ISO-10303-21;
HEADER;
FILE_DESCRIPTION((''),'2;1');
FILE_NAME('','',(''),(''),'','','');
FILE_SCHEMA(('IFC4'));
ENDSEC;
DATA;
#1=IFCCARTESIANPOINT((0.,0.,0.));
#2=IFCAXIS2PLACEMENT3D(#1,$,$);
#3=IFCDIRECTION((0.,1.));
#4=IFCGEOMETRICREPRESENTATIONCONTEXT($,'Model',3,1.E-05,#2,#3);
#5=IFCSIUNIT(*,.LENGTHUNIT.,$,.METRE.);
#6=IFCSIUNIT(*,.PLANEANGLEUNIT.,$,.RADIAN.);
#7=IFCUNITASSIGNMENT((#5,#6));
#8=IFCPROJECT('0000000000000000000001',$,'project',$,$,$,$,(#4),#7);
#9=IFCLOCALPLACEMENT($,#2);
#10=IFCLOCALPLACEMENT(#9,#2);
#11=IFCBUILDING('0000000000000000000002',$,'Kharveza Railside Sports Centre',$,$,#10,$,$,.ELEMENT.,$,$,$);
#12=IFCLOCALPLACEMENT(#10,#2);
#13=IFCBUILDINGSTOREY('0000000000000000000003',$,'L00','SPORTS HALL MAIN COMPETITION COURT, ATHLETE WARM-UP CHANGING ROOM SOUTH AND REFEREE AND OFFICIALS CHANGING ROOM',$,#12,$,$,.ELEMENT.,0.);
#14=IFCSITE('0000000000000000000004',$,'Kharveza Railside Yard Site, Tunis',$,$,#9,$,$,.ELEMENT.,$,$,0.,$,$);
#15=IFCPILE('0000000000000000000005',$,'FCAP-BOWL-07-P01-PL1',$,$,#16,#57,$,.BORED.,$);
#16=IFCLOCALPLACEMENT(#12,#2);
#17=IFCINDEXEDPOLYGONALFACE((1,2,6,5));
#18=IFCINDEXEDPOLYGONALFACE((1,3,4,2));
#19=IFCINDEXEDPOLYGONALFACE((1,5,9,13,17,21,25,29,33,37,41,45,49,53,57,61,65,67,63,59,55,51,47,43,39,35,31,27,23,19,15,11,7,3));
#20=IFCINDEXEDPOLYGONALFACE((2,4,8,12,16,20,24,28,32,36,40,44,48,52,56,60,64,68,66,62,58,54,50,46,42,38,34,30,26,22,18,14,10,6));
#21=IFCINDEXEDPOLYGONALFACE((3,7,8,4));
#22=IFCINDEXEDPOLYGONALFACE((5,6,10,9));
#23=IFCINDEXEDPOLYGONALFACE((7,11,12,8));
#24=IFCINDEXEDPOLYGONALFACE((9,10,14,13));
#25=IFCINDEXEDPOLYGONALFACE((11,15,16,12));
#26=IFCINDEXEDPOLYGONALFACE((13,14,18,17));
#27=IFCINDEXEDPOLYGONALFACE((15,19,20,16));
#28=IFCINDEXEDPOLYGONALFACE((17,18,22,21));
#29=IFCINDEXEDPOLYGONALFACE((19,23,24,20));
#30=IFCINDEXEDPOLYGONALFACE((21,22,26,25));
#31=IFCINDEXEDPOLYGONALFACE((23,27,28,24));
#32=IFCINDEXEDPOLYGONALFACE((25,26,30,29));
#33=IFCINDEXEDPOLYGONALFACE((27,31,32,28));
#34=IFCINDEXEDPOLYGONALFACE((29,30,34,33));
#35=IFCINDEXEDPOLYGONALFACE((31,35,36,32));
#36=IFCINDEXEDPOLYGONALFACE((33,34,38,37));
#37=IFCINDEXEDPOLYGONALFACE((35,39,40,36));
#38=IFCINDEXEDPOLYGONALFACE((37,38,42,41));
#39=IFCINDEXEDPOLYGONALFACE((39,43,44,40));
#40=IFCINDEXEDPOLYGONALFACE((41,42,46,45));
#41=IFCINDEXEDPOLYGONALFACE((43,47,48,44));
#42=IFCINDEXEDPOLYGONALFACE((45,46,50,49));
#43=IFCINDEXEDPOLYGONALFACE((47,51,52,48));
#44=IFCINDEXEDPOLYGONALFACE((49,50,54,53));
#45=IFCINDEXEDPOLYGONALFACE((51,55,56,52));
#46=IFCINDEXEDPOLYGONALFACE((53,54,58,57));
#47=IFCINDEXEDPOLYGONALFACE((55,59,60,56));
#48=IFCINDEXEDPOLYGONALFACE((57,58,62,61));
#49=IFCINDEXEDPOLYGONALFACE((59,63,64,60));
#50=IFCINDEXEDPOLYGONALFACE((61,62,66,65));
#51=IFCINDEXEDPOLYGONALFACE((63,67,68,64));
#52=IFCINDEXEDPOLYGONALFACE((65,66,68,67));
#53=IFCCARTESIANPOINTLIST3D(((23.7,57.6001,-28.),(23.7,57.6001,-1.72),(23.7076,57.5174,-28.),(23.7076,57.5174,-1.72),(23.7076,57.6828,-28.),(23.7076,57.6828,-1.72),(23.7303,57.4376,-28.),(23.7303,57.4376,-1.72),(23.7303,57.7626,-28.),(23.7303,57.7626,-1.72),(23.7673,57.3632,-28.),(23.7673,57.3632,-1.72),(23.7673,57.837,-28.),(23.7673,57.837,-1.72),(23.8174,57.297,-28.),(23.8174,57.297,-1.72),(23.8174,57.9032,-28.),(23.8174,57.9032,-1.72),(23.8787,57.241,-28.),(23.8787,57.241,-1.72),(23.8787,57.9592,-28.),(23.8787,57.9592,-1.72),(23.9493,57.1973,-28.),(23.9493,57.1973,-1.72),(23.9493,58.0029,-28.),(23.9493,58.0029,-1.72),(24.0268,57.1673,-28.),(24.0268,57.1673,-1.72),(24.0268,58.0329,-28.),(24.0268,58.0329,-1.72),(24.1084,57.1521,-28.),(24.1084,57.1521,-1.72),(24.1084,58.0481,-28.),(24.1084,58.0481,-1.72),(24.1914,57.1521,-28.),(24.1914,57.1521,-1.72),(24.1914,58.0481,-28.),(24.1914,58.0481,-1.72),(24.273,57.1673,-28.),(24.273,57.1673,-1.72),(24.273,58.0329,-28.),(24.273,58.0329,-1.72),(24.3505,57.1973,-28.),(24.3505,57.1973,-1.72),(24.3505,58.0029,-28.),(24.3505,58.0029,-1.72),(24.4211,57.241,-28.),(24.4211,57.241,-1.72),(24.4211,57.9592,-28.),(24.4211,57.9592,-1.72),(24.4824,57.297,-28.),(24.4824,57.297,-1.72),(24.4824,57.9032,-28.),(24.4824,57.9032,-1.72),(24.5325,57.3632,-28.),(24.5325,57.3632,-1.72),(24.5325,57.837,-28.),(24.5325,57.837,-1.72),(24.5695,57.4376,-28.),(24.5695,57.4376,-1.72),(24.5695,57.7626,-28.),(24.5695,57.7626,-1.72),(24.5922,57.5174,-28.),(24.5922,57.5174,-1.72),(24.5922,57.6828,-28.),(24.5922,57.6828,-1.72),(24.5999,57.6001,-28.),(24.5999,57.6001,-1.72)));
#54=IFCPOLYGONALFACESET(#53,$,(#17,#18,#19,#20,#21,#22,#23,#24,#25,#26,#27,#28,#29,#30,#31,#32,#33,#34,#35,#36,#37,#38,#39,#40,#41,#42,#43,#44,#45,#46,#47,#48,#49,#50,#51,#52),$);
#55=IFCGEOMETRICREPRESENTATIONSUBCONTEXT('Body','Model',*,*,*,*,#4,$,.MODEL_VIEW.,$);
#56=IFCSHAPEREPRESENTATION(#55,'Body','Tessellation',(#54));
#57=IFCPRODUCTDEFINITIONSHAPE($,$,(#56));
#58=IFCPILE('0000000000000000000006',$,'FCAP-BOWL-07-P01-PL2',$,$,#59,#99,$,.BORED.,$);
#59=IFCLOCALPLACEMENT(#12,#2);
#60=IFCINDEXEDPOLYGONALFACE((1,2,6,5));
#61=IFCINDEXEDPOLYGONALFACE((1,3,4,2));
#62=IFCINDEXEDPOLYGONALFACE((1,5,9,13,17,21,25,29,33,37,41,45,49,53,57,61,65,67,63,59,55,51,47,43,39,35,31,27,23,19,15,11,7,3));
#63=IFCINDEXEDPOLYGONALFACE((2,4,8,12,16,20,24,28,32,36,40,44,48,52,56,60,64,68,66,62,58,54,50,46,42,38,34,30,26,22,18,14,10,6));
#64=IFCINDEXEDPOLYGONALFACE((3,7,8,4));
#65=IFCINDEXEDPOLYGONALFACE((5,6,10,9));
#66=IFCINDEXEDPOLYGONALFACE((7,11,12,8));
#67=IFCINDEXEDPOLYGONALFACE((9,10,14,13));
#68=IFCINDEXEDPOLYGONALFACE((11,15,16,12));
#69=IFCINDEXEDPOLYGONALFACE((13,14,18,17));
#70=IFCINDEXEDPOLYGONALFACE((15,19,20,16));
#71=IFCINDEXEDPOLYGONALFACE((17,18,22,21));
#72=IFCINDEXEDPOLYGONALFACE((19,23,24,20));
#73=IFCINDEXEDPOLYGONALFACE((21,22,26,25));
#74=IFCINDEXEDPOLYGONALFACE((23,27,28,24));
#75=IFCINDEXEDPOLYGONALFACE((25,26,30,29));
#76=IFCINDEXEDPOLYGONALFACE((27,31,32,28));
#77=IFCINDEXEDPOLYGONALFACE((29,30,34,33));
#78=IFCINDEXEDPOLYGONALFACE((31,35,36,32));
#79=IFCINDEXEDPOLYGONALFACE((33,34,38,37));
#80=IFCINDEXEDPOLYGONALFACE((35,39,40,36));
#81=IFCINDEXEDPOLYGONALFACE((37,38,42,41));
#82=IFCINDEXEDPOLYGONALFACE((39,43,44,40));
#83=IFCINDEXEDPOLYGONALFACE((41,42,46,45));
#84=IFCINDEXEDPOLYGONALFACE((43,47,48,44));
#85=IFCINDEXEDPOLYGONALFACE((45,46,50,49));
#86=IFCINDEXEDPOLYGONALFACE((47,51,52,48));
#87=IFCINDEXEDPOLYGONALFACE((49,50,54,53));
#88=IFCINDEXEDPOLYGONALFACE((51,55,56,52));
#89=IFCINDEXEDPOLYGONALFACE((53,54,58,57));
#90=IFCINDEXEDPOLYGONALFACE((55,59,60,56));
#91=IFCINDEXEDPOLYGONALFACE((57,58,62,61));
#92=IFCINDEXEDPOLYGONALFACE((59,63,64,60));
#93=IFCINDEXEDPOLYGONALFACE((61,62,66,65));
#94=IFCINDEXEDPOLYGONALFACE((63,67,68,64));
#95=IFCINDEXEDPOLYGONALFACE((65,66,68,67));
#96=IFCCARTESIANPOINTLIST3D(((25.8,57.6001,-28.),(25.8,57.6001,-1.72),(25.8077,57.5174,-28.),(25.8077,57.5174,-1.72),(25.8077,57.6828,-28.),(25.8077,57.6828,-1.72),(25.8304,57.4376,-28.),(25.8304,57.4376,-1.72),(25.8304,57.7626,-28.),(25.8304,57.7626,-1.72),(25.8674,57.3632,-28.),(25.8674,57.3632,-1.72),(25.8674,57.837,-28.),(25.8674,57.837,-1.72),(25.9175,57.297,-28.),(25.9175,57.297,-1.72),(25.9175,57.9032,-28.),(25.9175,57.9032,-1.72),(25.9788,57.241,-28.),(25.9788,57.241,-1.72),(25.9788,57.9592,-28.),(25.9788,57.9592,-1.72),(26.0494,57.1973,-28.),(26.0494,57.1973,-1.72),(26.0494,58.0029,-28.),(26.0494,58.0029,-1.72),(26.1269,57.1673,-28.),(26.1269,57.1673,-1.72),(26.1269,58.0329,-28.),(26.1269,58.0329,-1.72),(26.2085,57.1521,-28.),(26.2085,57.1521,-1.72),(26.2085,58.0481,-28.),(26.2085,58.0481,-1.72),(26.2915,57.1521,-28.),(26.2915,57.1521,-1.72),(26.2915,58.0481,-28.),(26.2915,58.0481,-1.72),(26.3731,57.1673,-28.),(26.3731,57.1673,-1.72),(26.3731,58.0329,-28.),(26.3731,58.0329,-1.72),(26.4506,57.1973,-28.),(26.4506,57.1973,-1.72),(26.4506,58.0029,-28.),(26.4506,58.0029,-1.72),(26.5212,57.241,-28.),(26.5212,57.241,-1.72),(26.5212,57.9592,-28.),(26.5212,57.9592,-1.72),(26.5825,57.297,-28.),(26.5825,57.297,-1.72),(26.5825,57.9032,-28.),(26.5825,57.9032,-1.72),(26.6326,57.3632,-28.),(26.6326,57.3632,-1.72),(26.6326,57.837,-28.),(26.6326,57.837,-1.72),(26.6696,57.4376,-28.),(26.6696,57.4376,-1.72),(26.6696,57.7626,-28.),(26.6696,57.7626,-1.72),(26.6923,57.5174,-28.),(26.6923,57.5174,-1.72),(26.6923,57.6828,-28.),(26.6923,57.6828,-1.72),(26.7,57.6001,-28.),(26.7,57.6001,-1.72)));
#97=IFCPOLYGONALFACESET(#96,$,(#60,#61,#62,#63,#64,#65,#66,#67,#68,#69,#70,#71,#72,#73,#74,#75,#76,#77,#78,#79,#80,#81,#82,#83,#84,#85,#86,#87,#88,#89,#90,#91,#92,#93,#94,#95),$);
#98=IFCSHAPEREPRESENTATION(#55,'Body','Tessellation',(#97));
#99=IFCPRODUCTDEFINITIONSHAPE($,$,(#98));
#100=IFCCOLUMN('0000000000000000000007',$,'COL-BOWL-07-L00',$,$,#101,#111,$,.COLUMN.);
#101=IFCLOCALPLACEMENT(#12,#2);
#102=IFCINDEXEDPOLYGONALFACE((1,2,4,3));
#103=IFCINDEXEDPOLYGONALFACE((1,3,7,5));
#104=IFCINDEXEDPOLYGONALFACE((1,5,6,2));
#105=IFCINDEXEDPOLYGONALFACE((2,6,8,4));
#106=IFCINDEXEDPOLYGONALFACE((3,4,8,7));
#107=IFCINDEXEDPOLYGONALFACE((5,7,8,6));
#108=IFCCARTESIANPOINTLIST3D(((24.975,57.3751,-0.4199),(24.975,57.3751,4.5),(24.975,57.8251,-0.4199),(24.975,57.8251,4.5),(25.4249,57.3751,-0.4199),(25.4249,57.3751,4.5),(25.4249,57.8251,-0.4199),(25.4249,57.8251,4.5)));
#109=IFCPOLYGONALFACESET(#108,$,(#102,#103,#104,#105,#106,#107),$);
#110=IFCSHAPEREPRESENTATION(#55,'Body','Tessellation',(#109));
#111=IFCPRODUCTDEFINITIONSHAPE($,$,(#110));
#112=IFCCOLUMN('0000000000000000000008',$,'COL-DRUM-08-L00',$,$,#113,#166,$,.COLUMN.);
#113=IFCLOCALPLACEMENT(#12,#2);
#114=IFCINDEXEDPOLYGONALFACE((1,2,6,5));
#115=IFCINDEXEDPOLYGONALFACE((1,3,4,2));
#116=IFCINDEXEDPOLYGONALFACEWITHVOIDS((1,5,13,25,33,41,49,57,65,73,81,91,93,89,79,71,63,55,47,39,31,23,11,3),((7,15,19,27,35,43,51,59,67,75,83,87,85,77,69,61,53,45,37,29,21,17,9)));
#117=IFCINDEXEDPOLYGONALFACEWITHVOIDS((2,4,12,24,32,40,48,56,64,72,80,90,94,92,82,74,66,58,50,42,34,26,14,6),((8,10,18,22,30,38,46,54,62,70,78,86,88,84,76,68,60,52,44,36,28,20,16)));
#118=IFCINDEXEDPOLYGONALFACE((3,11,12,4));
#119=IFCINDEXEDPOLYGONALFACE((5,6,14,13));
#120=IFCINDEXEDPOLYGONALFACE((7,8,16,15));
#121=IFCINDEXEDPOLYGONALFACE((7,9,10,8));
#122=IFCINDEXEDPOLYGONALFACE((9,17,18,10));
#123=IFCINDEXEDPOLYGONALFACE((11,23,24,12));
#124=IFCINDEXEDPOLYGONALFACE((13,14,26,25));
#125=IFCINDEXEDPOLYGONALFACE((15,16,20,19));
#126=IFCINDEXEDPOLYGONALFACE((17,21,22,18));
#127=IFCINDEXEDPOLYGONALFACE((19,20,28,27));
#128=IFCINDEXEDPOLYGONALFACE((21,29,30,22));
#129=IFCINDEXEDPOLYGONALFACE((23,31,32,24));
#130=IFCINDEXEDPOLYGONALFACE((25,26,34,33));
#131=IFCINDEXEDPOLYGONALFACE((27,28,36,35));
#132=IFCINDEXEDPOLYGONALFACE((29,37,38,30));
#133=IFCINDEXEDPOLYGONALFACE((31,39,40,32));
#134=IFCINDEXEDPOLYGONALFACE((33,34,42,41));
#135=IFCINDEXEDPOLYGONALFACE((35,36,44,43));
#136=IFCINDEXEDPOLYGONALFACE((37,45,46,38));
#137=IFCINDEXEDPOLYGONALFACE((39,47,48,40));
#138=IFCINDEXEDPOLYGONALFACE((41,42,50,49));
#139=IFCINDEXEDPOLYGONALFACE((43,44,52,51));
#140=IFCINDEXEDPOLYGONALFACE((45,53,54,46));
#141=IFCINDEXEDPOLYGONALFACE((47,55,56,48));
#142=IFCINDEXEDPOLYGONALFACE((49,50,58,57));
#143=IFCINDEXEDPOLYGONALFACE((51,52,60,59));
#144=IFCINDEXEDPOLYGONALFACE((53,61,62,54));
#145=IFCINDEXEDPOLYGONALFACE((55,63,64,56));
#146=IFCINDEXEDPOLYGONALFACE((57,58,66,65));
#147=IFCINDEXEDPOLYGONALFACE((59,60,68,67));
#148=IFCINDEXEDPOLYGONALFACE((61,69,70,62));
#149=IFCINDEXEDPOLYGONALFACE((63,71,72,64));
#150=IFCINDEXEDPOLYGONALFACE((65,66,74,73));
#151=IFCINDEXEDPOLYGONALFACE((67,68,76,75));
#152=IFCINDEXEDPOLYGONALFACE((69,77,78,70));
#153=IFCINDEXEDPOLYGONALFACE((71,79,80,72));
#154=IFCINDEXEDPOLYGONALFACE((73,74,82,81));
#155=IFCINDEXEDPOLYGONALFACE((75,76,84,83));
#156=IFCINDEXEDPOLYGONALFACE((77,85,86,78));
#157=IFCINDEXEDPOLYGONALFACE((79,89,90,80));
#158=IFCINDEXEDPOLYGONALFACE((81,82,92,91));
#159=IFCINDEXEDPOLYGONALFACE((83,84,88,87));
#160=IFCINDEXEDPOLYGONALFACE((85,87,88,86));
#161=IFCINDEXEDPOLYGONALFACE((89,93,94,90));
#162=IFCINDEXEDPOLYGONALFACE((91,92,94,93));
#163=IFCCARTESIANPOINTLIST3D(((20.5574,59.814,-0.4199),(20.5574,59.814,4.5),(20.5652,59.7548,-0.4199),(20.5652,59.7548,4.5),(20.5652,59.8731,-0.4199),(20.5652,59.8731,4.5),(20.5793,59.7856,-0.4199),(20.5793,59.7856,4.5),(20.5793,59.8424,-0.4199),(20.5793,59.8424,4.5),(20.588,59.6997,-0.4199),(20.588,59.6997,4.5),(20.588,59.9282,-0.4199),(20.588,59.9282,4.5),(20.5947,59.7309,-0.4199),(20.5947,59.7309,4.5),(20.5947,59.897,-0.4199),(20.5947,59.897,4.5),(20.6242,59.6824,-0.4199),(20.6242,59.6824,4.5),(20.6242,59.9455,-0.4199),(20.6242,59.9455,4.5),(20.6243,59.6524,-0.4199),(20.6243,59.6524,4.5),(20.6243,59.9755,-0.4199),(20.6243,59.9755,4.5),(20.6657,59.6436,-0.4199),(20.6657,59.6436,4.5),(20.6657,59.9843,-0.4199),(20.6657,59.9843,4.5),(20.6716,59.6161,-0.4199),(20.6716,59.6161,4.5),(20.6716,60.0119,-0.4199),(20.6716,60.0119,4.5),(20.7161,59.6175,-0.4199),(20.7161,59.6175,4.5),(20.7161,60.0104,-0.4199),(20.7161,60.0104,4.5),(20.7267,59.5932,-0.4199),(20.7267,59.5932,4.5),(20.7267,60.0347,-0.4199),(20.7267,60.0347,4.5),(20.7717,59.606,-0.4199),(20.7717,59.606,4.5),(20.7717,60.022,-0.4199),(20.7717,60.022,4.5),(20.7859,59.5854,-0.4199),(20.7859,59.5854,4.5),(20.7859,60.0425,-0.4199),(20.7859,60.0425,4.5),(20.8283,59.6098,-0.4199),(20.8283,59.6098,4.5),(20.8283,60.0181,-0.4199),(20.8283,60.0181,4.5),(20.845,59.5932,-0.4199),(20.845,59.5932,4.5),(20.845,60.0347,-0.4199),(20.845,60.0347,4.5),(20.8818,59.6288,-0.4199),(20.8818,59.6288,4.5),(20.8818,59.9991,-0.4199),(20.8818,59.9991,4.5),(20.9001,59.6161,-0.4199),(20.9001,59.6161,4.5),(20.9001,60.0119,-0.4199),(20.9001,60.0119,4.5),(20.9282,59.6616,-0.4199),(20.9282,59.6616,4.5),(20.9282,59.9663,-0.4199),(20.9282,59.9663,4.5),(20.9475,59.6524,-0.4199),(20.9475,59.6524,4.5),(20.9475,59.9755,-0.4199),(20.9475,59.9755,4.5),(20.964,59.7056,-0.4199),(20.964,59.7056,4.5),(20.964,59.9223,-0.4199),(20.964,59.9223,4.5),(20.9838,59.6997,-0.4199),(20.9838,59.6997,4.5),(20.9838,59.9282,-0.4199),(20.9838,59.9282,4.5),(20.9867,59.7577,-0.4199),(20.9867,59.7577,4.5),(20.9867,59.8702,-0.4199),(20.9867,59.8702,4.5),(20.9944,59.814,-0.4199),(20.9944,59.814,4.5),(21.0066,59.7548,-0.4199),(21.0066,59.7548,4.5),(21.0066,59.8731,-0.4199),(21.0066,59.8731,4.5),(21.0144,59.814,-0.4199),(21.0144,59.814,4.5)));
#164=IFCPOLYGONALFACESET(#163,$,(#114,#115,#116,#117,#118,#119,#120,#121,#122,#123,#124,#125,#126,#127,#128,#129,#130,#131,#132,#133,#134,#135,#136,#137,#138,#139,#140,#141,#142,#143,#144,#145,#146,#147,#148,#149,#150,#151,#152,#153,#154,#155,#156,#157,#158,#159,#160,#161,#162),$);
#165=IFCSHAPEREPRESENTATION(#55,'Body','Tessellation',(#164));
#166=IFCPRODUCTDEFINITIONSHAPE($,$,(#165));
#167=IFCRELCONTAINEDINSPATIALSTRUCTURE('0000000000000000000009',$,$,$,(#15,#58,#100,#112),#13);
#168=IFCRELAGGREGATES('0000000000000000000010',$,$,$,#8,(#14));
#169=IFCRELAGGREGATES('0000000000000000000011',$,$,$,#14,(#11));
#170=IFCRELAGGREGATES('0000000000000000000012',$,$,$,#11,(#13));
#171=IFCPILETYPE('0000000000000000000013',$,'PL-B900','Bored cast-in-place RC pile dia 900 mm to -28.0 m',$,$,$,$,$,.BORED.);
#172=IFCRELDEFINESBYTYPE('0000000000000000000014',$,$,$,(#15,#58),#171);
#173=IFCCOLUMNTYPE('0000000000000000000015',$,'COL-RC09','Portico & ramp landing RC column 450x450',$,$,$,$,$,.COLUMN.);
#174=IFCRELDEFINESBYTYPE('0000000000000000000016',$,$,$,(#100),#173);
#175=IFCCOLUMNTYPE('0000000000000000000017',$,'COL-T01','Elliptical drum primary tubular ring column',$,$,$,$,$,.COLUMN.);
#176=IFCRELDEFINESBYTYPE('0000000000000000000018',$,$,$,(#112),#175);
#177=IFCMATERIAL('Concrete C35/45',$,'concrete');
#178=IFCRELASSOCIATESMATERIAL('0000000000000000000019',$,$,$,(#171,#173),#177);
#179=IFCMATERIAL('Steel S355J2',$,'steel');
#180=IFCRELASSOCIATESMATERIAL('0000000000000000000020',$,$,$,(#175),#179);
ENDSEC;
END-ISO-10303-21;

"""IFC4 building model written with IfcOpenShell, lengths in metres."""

from ifc_helpers import new_model, si_unit, direction, frame, origin, origin_2d, place, context, subcontext, project, spatial, rectangle, circle, hollow_circle, extrude, material, material_profile, profile_set, type_object, element, save


model = new_model("IFC4")

# Units and contexts
model_context = context("Model", 3, precision=1e-05, world=origin(), true_north=direction((0.0, 1.0)))
body_context = subcontext(model_context, "Body", "Model", "MODEL_VIEW")
ifc_project = project(units=[si_unit("LENGTHUNIT", "METRE"), si_unit("PLANEANGLEUNIT", "RADIAN")], contexts=[model_context])

# Site, building, storey
site_placement = place(None, origin())
site = spatial("IfcSite", under=ifc_project, at=site_placement, Name="Kharveza Railside Yard Site, Tunis", CompositionType="ELEMENT", RefElevation=0.0)
building_placement = place(site_placement, origin())
building = spatial("IfcBuilding", under=site, at=building_placement, Name="Kharveza Railside Sports Centre", CompositionType="ELEMENT")
storey_placement = place(building_placement, origin())
storey = spatial("IfcBuildingStorey", under=building, at=storey_placement, Name="L00", Description="SPORTS HALL MAIN COMPETITION COURT, ATHLETE WARM-UP CHANGING ROOM SOUTH AND REFEREE AND OFFICIALS CHANGING ROOM", CompositionType="ELEMENT", Elevation=0.0)

# Shared definitions
ifc_material_1 = material(Name="Concrete C35/45", Category="concrete")

# Piles
ifc_material_profile_1 = material_profile(ifc_material_1, circle(Radius=0.45, at=origin_2d()), Name="PILE D900")
ifc_profile_set_1 = profile_set([ifc_material_profile_1], Name="Concrete C35/45")
pile_type_1 = type_object("IfcPileType", Name="PL-B900", Description="Bored cast-in-place RC pile dia 900 mm to -28.0 m", PredefinedType="BORED", material=ifc_profile_set_1)
for number, where, z_axis, x_axis, name in (
    (1, (24.1499, 57.6001, -1.72), (0.0, 0.0, -1.0), (1.0, 0.0, 0.0), "FCAP-BOWL-07-P01-PL1"),
    (2, (26.25, 57.6001, -1.72), (0.0, 0.0, -1.0), (1.0, 0.0, 0.0), "FCAP-BOWL-07-P01-PL2"),
):
    element("IfcPile", number, at=place(storey_placement, frame(where, z_axis=z_axis, x_axis=x_axis)), inside=storey, type_object=pile_type_1, Name=name, PredefinedType="BORED", context=body_context, shape_type="SweptSolid", body=[
        extrude(circle(Radius=0.45, at=origin_2d()), origin(), (0.0, 0.0, 1.0), 26.28),
    ])

# Columns
ifc_material_profile_2 = material_profile(ifc_material_1, rectangle(XDim=0.45, YDim=0.45, at=origin_2d()), Name="RC 450x450")
ifc_profile_set_2 = profile_set([ifc_material_profile_2], Name="Concrete C35/45")
column_type_1 = type_object("IfcColumnType", Name="COL-RC09", Description="Portico & ramp landing RC column 450x450", PredefinedType="COLUMN", material=ifc_profile_set_2)
column_1_placement = place(storey_placement, frame((25.2, 57.6001, -0.4199), z_axis=(0.0, 0.0, 1.0), x_axis=(1.0, 0.0, 0.0)))
element("IfcColumn", 3, at=column_1_placement, inside=storey, type_object=column_type_1, Name="COL-BOWL-07-L00", PredefinedType="COLUMN", context=body_context, shape_type="SweptSolid", body=[
    extrude(rectangle(XDim=0.45, YDim=0.45, at=origin_2d()), origin(), (0.0, 0.0, 1.0), 4.9199),
])
ifc_material_2 = material(Name="Steel S355J2", Category="steel")
ifc_material_profile_3 = material_profile(ifc_material_2, hollow_circle(Radius=0.2285, WallThickness=0.02, at=origin_2d()), Name="CHS 457.0x20.0")
ifc_profile_set_3 = profile_set([ifc_material_profile_3], Name="Steel S355J2")
column_type_2 = type_object("IfcColumnType", Name="COL-T01", Description="Elliptical drum primary tubular ring column", PredefinedType="COLUMN", material=ifc_profile_set_3)
column_2_placement = place(storey_placement, frame((20.7859, 59.814, -0.4199), z_axis=(0.0, 0.0, 1.0), x_axis=(1.0, 0.0, 0.0)))
element("IfcColumn", 4, at=column_2_placement, inside=storey, type_object=column_type_2, Name="COL-DRUM-08-L00", PredefinedType="COLUMN", context=body_context, shape_type="SweptSolid", body=[
    extrude(hollow_circle(Radius=0.2285, WallThickness=0.02, at=origin_2d()), origin(), (0.0, 0.0, 1.0), 4.9199),
])

save(model, "model.ifc")
